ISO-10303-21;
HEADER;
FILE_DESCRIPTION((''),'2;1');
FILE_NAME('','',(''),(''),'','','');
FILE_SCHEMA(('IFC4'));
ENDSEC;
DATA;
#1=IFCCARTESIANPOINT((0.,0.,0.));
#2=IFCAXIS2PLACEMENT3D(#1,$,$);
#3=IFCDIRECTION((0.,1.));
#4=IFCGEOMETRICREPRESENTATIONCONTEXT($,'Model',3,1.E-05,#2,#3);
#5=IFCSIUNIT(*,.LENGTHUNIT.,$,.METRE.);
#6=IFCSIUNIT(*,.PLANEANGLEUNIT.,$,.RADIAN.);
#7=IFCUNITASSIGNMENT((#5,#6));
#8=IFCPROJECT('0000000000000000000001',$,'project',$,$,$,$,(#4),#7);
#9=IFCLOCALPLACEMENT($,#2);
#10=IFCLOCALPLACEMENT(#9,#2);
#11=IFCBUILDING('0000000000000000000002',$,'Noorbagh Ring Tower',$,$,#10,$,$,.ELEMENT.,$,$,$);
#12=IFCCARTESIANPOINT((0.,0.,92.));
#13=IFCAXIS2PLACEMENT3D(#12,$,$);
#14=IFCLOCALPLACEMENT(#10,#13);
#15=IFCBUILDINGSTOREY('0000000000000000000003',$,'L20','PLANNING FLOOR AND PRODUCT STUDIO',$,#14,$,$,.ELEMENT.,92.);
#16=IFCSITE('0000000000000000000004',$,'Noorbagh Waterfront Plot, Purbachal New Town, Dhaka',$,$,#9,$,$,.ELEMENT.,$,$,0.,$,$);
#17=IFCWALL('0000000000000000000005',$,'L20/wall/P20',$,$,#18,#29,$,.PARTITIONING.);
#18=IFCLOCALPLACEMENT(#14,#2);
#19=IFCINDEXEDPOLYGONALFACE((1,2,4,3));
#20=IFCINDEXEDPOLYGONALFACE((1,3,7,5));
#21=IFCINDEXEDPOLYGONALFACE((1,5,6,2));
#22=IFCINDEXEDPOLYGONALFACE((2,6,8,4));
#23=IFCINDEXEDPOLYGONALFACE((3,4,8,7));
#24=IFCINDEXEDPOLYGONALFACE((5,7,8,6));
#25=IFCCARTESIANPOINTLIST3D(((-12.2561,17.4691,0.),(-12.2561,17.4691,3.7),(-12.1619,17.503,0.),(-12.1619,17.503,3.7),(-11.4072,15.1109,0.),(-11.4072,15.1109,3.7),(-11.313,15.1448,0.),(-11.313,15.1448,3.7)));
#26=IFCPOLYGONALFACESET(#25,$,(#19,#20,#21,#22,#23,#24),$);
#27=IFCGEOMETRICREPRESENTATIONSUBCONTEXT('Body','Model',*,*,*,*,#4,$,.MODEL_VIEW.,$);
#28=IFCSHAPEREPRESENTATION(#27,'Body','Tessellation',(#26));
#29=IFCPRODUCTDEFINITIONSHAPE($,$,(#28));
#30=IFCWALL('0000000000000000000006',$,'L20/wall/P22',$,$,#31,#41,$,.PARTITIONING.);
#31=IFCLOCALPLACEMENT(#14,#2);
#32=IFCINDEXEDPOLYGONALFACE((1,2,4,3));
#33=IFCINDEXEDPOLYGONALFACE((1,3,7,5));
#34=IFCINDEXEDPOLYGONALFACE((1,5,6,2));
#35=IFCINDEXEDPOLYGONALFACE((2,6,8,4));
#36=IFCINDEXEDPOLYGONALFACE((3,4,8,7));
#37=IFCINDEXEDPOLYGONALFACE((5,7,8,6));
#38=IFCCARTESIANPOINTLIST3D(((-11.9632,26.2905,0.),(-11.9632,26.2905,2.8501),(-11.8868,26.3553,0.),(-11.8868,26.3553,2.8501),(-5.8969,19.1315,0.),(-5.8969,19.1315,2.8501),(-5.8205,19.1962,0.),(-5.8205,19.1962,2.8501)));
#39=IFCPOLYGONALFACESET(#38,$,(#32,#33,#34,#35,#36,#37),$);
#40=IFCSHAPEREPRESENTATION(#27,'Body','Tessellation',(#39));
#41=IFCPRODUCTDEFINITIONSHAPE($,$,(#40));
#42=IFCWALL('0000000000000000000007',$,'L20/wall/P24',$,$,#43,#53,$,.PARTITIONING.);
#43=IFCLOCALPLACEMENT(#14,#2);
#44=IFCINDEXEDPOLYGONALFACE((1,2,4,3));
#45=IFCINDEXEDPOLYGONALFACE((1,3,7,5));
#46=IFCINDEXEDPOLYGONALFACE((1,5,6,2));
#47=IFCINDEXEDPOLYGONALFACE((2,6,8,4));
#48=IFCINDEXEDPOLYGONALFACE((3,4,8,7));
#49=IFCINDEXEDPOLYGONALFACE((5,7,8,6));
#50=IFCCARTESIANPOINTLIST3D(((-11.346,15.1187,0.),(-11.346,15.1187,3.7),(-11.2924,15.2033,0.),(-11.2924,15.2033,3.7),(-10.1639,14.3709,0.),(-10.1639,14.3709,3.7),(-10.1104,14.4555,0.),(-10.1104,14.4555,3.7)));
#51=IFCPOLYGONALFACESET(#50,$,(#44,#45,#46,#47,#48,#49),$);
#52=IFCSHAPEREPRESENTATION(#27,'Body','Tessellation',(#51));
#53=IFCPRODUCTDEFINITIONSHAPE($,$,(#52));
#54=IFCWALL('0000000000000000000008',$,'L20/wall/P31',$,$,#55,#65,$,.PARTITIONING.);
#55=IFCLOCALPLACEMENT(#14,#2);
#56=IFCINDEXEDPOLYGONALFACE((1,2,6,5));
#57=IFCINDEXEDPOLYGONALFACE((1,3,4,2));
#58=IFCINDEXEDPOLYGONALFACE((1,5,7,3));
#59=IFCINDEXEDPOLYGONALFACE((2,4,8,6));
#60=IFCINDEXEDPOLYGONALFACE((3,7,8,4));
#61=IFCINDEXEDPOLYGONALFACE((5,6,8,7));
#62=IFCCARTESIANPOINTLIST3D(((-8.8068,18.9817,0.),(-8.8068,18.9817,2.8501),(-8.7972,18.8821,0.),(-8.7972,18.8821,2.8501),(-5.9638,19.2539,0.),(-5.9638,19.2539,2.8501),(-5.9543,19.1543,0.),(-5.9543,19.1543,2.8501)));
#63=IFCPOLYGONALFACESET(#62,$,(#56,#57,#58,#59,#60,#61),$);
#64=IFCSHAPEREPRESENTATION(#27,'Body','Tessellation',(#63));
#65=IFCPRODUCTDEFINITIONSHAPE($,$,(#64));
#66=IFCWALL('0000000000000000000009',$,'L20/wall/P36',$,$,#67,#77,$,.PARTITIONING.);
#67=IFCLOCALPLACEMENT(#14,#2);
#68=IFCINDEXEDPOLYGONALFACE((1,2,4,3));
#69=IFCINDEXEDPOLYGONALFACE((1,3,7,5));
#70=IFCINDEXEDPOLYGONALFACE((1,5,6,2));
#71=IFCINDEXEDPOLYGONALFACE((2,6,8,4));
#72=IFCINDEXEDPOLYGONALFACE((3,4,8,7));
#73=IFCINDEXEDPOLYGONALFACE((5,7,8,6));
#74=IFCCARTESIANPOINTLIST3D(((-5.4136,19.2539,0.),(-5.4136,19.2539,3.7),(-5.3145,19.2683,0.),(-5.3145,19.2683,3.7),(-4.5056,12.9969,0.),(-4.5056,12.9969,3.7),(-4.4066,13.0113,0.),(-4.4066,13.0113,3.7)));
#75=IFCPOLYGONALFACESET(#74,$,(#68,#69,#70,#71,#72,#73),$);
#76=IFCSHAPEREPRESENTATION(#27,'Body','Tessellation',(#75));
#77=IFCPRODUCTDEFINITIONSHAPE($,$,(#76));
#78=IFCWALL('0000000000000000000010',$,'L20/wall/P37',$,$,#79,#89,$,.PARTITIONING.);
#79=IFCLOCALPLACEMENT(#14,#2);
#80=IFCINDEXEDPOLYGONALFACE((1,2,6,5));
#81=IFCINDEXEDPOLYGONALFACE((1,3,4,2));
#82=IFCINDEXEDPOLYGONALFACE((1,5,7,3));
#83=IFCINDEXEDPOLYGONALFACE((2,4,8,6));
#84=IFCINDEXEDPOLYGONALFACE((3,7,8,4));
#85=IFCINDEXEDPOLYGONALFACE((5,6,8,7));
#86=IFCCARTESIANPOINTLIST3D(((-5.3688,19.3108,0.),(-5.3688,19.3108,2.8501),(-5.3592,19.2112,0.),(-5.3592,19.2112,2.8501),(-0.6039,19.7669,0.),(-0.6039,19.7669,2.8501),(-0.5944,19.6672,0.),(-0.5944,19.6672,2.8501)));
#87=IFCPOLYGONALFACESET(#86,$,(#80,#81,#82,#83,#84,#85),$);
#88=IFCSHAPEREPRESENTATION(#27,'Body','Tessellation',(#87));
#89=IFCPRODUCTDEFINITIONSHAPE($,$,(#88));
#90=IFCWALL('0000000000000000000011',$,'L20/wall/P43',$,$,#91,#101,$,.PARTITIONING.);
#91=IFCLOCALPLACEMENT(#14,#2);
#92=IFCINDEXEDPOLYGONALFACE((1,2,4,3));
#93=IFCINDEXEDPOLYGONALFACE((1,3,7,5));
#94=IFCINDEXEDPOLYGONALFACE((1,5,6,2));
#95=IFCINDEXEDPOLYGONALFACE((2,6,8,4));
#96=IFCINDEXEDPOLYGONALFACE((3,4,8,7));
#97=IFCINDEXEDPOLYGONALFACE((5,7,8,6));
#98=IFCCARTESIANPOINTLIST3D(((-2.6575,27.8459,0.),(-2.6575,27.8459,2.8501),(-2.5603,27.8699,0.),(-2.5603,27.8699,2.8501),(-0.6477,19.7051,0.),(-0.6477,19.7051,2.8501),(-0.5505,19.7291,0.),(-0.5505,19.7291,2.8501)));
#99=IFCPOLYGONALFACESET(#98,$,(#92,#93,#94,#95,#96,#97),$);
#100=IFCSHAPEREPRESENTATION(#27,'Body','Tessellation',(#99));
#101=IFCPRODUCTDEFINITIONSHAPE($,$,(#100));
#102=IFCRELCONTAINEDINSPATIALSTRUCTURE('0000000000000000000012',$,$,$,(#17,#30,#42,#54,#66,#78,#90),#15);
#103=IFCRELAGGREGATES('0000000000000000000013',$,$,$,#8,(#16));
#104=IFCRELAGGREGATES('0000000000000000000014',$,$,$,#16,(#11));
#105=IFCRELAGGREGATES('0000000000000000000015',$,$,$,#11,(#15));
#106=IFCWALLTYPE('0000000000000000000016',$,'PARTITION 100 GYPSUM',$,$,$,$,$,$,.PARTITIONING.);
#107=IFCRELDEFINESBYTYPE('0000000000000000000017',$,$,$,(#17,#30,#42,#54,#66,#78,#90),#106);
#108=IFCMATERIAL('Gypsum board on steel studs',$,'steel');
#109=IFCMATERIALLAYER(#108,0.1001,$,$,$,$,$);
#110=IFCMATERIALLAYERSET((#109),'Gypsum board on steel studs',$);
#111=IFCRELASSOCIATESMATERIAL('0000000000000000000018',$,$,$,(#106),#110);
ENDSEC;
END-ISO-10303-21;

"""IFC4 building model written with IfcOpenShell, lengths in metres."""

from ifc_helpers import new_model, si_unit, direction, frame, frame_2d, origin, place, context, subcontext, project, spatial, rectangle, extrude, material, layer, layer_set, type_object, element, save


model = new_model("IFC4")

# Units and contexts
model_context = context("Model", 3, precision=1e-05, world=origin(), true_north=direction((0.0, 1.0)))
body_context = subcontext(model_context, "Body", "Model", "MODEL_VIEW")
ifc_project = project(units=[si_unit("LENGTHUNIT", "METRE"), si_unit("PLANEANGLEUNIT", "RADIAN")], contexts=[model_context])

# Site, building, storey
site_placement = place(None, origin())
site = spatial("IfcSite", under=ifc_project, at=site_placement, Name="Noorbagh Waterfront Plot, Purbachal New Town, Dhaka", CompositionType="ELEMENT", RefElevation=0.0)
building_placement = place(site_placement, origin())
building = spatial("IfcBuilding", under=site, at=building_placement, Name="Noorbagh Ring Tower", CompositionType="ELEMENT")
storey_placement = place(building_placement, frame((0.0, 0.0, 92.0)))
storey = spatial("IfcBuildingStorey", under=building, at=storey_placement, Name="L20", Description="PLANNING FLOOR AND PRODUCT STUDIO", CompositionType="ELEMENT", Elevation=92.0)

# Walls
ifc_material_1 = material(Name="Gypsum board on steel studs", Category="steel")
ifc_layer_1 = layer(ifc_material_1, 0.1001)
ifc_layer_set_1 = layer_set([ifc_layer_1], Name="Gypsum board on steel studs")
wall_type_1 = type_object("IfcWallType", Name="PARTITION 100 GYPSUM", PredefinedType="PARTITIONING", material=ifc_layer_set_1)
wall_1_placement = place(storey_placement, frame((-12.209, 17.4861, 0.0), z_axis=(0.0, 0.0, 1.0), x_axis=(0.338699, -0.940895, 0.0)))
element("IfcWall", 1, at=wall_1_placement, inside=storey, type_object=wall_type_1, Name="L20/wall/P20", PredefinedType="PARTITIONING", context=body_context, shape_type="SweptSolid", body=[
    extrude(rectangle(XDim=2.5063, YDim=0.1001, at=frame_2d((1.2532, 0.0))), origin(), (0.0, 0.0, 1.0), 3.7),
])
wall_2_placement = place(storey_placement, frame((-11.925, 26.323, 0.0), z_axis=(0.0, 0.0, 1.0), x_axis=(0.646476, -0.762934, 0.0)))
element("IfcWall", 2, at=wall_2_placement, inside=storey, type_object=wall_type_1, Name="L20/wall/P22", PredefinedType="PARTITIONING", context=body_context, shape_type="SweptSolid", body=[
    extrude(rectangle(XDim=9.3835, YDim=0.1001, at=frame_2d((4.6919, 0.0))), origin(), (0.0, 0.0, 1.0), 2.8501),
])
wall_3_placement = place(storey_placement, frame((-11.3191, 15.1609, 0.0), z_axis=(0.0, 0.0, 1.0), x_axis=(0.845103, -0.534604, 0.0)))
element("IfcWall", 3, at=wall_3_placement, inside=storey, type_object=wall_type_1, Name="L20/wall/P24", PredefinedType="PARTITIONING", context=body_context, shape_type="SweptSolid", body=[
    extrude(rectangle(XDim=1.3987, YDim=0.1001, at=frame_2d((0.6992, 0.0))), origin(), (0.0, 0.0, 1.0), 3.7),
])
wall_4_placement = place(storey_placement, frame((-8.802, 18.9319, 0.0), z_axis=(0.0, 0.0, 1.0), x_axis=(0.995447, 0.095313, 0.0)))
element("IfcWall", 4, at=wall_4_placement, inside=storey, type_object=wall_type_1, Name="L20/wall/P31", PredefinedType="PARTITIONING", context=body_context, shape_type="SweptSolid", body=[
    extrude(rectangle(XDim=2.856, YDim=0.1001, at=frame_2d((1.428, 0.0))), origin(), (0.0, 0.0, 1.0), 2.8501),
])
wall_5_placement = place(storey_placement, frame((-5.364, 19.261, 0.0), z_axis=(0.0, 0.0, 1.0), x_axis=(0.143605, -0.989635, 0.0)))
element("IfcWall", 5, at=wall_5_placement, inside=storey, type_object=wall_type_1, Name="L20/wall/P36", PredefinedType="PARTITIONING", context=body_context, shape_type="SweptSolid", body=[
    extrude(rectangle(XDim=6.3225, YDim=0.1001, at=frame_2d((3.1611, 0.0))), origin(), (0.0, 0.0, 1.0), 3.7),
])
wall_6_placement = place(storey_placement, frame((-5.364, 19.261, 0.0), z_axis=(0.0, 0.0, 1.0), x_axis=(0.995451, 0.095276, 0.0)))
element("IfcWall", 6, at=wall_6_placement, inside=storey, type_object=wall_type_1, Name="L20/wall/P37", PredefinedType="PARTITIONING", context=body_context, shape_type="SweptSolid", body=[
    extrude(rectangle(XDim=4.7866, YDim=0.1001, at=frame_2d((2.3933, 0.0))), origin(), (0.0, 0.0, 1.0), 2.8501),
])
wall_7_placement = place(storey_placement, frame((-2.6089, 27.8579, 0.0), z_axis=(0.0, 0.0, 1.0), x_axis=(0.239678, -0.970852, 0.0)))
element("IfcWall", 7, at=wall_7_placement, inside=storey, type_object=wall_type_1, Name="L20/wall/P43", PredefinedType="PARTITIONING", context=body_context, shape_type="SweptSolid", body=[
    extrude(rectangle(XDim=8.3853, YDim=0.1001, at=frame_2d((4.1926, 0.0))), origin(), (0.0, 0.0, 1.0), 2.8501),
])

save(model, "model.ifc")
